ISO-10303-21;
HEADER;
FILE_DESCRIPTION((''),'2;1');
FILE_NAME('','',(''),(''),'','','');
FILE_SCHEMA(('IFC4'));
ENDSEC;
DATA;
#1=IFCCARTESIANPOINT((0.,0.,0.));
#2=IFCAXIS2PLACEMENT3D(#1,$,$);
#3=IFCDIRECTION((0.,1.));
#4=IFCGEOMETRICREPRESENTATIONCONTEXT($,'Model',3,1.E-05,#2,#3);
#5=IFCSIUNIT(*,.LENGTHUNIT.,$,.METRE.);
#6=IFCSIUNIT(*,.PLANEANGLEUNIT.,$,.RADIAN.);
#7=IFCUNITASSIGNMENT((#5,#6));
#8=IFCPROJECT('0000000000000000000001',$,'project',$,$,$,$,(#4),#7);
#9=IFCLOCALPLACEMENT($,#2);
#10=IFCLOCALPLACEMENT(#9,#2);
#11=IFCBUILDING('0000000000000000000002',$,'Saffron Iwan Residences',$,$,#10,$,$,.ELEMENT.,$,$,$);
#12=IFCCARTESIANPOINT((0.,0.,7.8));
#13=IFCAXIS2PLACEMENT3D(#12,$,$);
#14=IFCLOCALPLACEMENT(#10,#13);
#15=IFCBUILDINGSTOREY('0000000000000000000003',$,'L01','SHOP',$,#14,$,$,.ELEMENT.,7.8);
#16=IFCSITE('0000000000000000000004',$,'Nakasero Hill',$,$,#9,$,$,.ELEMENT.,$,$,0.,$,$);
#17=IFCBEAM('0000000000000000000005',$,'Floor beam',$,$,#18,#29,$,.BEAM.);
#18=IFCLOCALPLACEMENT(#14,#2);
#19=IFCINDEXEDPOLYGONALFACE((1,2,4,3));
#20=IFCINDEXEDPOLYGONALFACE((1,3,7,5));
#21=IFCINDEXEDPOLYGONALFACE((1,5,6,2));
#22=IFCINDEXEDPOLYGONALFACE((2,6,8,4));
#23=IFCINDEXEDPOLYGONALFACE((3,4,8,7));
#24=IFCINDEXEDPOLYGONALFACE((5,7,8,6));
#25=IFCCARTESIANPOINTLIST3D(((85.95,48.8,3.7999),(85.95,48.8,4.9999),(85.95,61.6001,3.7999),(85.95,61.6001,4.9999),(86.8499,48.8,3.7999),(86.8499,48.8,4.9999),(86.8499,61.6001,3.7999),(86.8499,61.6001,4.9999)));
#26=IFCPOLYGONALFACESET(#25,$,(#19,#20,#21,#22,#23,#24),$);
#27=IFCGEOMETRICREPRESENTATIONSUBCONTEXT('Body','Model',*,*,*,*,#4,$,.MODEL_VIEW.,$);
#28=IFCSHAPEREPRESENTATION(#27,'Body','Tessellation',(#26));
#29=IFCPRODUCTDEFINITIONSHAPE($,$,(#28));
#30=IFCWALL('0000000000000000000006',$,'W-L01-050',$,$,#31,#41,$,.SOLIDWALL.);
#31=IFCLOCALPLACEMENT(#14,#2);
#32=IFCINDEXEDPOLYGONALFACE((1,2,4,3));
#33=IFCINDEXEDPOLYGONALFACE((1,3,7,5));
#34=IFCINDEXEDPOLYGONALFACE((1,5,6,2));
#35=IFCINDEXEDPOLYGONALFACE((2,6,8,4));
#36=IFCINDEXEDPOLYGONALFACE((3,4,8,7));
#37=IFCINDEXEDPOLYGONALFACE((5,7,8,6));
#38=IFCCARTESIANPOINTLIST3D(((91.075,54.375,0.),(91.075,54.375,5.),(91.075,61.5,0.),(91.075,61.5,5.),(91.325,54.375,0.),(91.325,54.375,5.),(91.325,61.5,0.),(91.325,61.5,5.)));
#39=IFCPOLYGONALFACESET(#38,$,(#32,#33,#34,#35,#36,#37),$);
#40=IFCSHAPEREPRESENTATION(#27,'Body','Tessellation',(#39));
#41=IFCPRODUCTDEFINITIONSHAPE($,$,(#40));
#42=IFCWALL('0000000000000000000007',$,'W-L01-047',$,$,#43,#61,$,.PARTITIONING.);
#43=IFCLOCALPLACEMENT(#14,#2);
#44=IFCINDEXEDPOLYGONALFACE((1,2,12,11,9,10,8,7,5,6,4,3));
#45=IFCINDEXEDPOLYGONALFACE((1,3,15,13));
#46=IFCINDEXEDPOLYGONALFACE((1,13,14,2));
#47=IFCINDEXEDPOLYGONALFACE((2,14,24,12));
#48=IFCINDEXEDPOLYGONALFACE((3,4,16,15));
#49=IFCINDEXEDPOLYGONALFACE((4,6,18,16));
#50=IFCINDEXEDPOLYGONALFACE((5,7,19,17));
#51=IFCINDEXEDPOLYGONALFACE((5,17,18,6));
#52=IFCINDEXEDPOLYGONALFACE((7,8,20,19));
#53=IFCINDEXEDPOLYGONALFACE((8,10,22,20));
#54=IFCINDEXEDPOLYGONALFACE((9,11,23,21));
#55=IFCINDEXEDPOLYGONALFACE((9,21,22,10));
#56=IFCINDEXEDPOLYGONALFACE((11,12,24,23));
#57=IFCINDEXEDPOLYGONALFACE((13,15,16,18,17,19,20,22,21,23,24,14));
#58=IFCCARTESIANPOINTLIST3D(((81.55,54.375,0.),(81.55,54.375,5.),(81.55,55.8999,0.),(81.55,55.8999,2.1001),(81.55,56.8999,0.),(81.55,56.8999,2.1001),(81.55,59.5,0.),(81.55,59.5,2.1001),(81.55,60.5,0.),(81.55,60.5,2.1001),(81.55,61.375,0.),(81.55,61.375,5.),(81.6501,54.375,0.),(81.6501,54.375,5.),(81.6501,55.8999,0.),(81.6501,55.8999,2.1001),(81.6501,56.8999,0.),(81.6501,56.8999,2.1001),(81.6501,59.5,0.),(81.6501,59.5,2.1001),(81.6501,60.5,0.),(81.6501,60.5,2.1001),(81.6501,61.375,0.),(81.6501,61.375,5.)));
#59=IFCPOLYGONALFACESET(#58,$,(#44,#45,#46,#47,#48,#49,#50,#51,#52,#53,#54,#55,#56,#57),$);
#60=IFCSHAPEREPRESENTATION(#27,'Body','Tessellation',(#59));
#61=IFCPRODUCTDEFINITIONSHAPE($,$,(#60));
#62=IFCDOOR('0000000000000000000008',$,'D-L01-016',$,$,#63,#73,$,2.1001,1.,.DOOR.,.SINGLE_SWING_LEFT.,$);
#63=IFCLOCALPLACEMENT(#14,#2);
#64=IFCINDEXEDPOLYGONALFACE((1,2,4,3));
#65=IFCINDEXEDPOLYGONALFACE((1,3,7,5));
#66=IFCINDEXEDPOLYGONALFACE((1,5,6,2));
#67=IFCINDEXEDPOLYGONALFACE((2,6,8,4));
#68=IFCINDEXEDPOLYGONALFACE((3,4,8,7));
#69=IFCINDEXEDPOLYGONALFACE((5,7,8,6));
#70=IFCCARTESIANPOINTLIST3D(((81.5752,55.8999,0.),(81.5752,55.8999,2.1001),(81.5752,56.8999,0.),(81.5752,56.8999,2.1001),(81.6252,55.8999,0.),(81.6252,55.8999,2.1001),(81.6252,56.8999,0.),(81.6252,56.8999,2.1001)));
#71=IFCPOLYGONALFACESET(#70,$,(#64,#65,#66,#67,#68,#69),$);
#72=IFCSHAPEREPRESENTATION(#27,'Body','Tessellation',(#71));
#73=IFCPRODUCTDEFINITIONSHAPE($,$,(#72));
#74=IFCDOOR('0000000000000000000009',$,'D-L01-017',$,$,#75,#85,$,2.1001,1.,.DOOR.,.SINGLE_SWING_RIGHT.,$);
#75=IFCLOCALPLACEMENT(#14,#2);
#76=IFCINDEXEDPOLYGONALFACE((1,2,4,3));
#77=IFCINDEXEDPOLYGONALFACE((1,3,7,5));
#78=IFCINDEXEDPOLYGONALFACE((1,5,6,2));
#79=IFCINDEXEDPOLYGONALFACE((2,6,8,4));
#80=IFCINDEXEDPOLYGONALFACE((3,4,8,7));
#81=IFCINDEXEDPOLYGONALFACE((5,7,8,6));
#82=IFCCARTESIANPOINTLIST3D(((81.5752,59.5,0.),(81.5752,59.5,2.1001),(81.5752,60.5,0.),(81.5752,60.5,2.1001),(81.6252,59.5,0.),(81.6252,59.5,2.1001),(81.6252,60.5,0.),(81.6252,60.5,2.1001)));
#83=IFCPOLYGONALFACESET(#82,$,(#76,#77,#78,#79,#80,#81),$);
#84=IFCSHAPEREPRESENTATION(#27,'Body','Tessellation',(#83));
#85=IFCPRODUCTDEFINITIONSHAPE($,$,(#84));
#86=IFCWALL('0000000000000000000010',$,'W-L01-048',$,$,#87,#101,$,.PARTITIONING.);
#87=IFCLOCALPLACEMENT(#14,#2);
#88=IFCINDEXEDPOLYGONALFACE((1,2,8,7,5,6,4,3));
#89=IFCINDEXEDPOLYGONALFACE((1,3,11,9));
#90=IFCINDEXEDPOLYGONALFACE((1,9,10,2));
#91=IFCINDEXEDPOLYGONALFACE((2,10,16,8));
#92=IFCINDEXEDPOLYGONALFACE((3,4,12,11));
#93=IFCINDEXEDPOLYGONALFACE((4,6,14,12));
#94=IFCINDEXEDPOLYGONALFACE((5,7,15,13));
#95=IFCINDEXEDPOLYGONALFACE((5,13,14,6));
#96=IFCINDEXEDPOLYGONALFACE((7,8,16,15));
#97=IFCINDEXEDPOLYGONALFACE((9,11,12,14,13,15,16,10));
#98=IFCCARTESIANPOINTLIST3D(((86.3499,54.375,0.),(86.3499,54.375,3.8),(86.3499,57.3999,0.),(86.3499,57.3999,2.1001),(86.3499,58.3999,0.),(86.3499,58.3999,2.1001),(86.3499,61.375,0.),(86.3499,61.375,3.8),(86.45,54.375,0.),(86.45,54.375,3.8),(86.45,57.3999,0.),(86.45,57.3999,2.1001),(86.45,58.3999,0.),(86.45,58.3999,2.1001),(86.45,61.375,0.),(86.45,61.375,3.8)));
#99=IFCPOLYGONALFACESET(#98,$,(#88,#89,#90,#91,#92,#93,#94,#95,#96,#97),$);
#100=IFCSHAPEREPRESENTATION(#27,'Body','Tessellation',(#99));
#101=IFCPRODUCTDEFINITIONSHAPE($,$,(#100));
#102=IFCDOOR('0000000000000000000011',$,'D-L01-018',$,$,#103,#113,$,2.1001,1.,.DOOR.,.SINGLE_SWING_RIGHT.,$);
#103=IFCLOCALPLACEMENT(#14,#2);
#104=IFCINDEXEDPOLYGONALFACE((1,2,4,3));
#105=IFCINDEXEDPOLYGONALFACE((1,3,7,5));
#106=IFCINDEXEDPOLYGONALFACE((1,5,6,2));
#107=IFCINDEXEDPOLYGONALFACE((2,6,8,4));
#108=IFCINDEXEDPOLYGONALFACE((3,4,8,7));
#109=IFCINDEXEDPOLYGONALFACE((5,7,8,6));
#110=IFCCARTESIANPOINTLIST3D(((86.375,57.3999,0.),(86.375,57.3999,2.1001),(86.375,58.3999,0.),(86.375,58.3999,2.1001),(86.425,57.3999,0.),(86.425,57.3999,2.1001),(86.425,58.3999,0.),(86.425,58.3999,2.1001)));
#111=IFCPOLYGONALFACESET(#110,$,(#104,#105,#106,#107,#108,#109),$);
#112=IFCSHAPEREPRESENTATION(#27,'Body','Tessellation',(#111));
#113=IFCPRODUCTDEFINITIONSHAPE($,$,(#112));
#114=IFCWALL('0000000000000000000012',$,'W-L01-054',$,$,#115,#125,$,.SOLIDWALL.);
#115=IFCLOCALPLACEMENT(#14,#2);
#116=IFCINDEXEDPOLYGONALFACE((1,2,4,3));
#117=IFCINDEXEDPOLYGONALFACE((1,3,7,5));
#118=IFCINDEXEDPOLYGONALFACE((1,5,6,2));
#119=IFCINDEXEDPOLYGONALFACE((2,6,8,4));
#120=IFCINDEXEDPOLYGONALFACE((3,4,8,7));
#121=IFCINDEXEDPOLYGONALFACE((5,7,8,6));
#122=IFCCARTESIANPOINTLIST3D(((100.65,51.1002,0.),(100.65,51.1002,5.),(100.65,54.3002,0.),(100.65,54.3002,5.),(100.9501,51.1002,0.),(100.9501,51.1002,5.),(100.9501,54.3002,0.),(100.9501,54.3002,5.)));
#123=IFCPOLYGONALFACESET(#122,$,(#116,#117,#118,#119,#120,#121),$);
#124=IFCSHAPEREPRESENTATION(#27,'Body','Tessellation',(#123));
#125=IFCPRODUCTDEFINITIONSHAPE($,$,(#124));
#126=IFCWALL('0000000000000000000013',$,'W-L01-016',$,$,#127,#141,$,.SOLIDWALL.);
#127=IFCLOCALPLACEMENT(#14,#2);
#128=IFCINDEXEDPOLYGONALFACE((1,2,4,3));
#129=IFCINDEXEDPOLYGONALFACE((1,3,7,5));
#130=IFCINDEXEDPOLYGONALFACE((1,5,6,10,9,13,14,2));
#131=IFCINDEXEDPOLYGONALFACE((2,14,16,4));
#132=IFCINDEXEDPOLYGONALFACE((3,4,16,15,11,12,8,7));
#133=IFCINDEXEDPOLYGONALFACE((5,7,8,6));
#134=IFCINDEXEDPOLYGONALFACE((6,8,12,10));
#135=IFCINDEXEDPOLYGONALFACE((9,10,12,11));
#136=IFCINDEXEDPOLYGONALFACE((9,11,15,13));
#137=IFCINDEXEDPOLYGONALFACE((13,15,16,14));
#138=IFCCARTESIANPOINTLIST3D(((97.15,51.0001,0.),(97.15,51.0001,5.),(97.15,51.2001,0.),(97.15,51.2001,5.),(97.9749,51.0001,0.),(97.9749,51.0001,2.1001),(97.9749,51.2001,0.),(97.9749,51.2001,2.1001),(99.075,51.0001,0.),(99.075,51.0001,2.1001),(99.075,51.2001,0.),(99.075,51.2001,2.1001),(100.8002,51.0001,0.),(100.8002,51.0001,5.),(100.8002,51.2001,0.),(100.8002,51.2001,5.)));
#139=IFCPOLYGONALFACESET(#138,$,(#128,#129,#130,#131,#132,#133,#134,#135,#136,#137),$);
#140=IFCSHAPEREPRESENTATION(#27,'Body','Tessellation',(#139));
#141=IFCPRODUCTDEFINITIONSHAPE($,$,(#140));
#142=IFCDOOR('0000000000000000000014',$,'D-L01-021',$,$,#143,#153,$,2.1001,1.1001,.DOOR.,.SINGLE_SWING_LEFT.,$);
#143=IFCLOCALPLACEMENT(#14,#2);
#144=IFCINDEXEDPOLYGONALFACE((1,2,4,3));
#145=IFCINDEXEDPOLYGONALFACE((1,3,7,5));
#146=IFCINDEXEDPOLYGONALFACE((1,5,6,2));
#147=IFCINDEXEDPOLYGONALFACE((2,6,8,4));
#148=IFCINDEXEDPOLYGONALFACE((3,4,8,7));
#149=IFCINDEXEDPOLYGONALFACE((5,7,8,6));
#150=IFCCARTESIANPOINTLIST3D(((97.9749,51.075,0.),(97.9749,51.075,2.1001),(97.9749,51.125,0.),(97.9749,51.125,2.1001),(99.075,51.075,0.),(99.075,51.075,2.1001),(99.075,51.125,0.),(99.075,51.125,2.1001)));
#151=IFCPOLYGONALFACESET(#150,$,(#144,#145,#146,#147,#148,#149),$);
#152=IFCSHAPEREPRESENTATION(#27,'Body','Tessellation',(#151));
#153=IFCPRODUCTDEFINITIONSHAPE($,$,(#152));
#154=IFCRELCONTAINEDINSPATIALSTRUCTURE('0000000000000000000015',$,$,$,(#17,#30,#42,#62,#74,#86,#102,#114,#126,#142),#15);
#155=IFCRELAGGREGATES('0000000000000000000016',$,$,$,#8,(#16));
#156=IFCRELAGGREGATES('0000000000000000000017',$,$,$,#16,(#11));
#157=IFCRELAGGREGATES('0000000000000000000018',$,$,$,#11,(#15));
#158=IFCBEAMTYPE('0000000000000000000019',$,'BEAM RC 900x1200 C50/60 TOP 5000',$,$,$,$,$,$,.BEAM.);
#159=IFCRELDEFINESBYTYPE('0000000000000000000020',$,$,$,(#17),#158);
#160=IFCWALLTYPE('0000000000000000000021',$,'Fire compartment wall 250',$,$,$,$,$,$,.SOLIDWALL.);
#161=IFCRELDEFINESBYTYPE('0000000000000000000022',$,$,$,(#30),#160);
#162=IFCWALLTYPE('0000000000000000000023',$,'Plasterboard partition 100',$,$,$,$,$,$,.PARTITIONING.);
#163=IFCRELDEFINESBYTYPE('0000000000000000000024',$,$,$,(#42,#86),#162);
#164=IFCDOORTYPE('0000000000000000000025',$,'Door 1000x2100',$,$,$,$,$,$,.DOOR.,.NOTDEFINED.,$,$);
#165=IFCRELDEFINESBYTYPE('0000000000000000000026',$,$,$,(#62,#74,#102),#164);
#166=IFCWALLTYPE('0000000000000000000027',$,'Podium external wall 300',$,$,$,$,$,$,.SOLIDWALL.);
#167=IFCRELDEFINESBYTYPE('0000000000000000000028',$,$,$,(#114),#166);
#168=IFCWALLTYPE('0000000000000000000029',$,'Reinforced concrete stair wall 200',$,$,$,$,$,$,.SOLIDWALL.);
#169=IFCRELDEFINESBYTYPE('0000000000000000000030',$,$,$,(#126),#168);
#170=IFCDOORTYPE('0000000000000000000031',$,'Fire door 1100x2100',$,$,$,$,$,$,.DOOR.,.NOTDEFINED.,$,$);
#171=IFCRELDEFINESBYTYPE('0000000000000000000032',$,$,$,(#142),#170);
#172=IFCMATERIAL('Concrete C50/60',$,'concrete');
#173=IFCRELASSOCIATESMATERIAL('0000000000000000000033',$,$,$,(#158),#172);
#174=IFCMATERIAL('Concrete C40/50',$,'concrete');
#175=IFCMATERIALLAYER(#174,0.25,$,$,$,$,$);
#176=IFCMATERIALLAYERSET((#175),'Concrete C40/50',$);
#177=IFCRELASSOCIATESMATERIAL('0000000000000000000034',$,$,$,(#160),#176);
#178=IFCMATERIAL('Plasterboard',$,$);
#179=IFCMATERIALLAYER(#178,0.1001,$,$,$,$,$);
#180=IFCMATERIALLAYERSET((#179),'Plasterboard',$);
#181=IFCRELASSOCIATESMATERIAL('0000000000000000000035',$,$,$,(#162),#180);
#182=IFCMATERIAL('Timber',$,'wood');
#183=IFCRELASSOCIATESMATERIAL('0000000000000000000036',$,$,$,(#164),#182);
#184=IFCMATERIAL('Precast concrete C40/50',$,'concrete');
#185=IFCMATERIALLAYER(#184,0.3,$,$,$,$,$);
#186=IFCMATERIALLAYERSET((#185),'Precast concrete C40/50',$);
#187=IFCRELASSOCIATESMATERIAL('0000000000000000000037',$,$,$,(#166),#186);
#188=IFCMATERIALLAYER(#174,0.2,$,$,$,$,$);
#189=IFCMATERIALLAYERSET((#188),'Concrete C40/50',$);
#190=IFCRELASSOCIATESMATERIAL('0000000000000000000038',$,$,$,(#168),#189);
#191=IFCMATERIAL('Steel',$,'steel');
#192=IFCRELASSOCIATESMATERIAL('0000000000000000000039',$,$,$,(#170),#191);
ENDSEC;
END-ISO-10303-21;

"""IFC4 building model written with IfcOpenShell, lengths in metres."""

from ifc_helpers import new_model, si_unit, direction, frame, frame_2d, origin, origin_2d, place, context, subcontext, project, spatial, rectangle, extrude, source, transform, mapped, material, layer, layer_set, material_profile, profile_set, type_object, element, fill, save


model = new_model("IFC4")

# Units and contexts
model_context = context("Model", 3, precision=1e-05, world=origin(), true_north=direction((0.0, 1.0)))
body_context = subcontext(model_context, "Body", "Model", "MODEL_VIEW")
ifc_project = project(units=[si_unit("LENGTHUNIT", "METRE"), si_unit("PLANEANGLEUNIT", "RADIAN")], contexts=[model_context])

# Site, building, storey
site_placement = place(None, origin())
site = spatial("IfcSite", under=ifc_project, at=site_placement, Name="Nakasero Hill", CompositionType="ELEMENT", RefElevation=0.0)
building_placement = place(site_placement, origin())
building = spatial("IfcBuilding", under=site, at=building_placement, Name="Saffron Iwan Residences", CompositionType="ELEMENT")
storey_placement = place(building_placement, frame((0.0, 0.0, 7.8)))
storey = spatial("IfcBuildingStorey", under=building, at=storey_placement, Name="L01", Description="SHOP", CompositionType="ELEMENT", Elevation=7.8)

# Beam
ifc_material_1 = material(Name="Concrete C50/60", Category="concrete")
ifc_material_profile = material_profile(ifc_material_1, rectangle(XDim=0.8999, YDim=1.2, at=origin_2d()), Name="RC 900x1200")
ifc_profile_set = profile_set([ifc_material_profile], Name="Concrete C50/60")
beam_type = type_object("IfcBeamType", Name="BEAM RC 900x1200 C50/60 TOP 5000", PredefinedType="BEAM", material=ifc_profile_set)
shared_shape_1 = source(origin(), body_context, "Body", "SweptSolid", [
    extrude(rectangle(XDim=0.8999, YDim=1.2, at=origin_2d()), origin(), (0.0, 0.0, 1.0), 12.8),
])
beam_placement = place(storey_placement, frame((86.3999, 48.8, 4.3999), z_axis=(0.0, 1.0, 0.0), x_axis=(-1.0, 0.0, 0.0)))
element("IfcBeam", 1, at=beam_placement, inside=storey, type_object=beam_type, Name="Floor beam", PredefinedType="BEAM", context=body_context, shape_type="MappedRepresentation", body=[
    mapped(shared_shape_1, transform((0.0, 0.0, 0.0))),
])

# Wall
ifc_material_2 = material(Name="Concrete C40/50", Category="concrete")
ifc_layer_1 = layer(ifc_material_2, 0.25)
ifc_layer_set_1 = layer_set([ifc_layer_1], Name="Concrete C40/50")
wall_type_1 = type_object("IfcWallType", Name="Fire compartment wall 250", PredefinedType="SOLIDWALL", material=ifc_layer_set_1)
wall_1_placement = place(storey_placement, frame((91.2, 54.375, 0.0), z_axis=(0.0, 0.0, 1.0), x_axis=(0.0, 1.0, 0.0)))
element("IfcWall", 2, at=wall_1_placement, inside=storey, type_object=wall_type_1, Name="W-L01-050", PredefinedType="SOLIDWALL", context=body_context, shape_type="SweptSolid", body=[
    extrude(rectangle(XDim=7.125, YDim=0.25, at=frame_2d((3.5625, 0.0))), origin(), (0.0, 0.0, 1.0), 5.0),
])

# Wall, openings, doors
ifc_material_3 = material(Name="Plasterboard")
ifc_layer_2 = layer(ifc_material_3, 0.1001)
ifc_layer_set_2 = layer_set([ifc_layer_2], Name="Plasterboard")
wall_type_2 = type_object("IfcWallType", Name="Plasterboard partition 100", PredefinedType="PARTITIONING", material=ifc_layer_set_2)
wall_2_placement = place(storey_placement, frame((81.6001, 54.375, 0.0), z_axis=(0.0, 0.0, 1.0), x_axis=(0.0, 1.0, 0.0)))
wall_2 = element("IfcWall", 3, at=wall_2_placement, inside=storey, type_object=wall_type_2, Name="W-L01-047", PredefinedType="PARTITIONING", context=body_context, shape_type="SweptSolid", body=[
    extrude(rectangle(XDim=7.0, YDim=0.1001, at=frame_2d((3.5, 0.0))), origin(), (0.0, 0.0, 1.0), 5.0),
])
opening_1_placement = place(wall_2_placement, frame((1.5249, 0.0, 0.0)))
opening_1 = element("IfcOpeningElement", 4, at=opening_1_placement, cuts=wall_2, PredefinedType="OPENING", context=body_context, shape_type="SweptSolid", body=[
    extrude(rectangle(XDim=1.0, YDim=2.1001, at=frame_2d((0.5, 1.05))), frame((0.0, 0.0601, 0.0), z_axis=(0.0, -1.0, 0.0), x_axis=(1.0, 0.0, 0.0)), (0.0, 0.0, 1.0), 0.1201),
])
opening_2_placement = place(wall_2_placement, frame((5.125, 0.0, 0.0)))
opening_2 = element("IfcOpeningElement", 5, at=opening_2_placement, cuts=wall_2, PredefinedType="OPENING", context=body_context, shape_type="SweptSolid", body=[
    extrude(rectangle(XDim=1.0, YDim=2.1001, at=frame_2d((0.5, 1.05))), frame((0.0, 0.0601, 0.0), z_axis=(0.0, -1.0, 0.0), x_axis=(1.0, 0.0, 0.0)), (0.0, 0.0, 1.0), 0.1201),
])
ifc_material_4 = material(Name="Timber", Category="wood")
door_type_1 = type_object("IfcDoorType", Name="Door 1000x2100", OperationType="NOTDEFINED", PredefinedType="DOOR", material=ifc_material_4)
door_1_placement = place(opening_1_placement, origin())
door_1 = element("IfcDoor", 6, at=door_1_placement, inside=storey, type_object=door_type_1, Name="D-L01-016", OperationType="SINGLE_SWING_LEFT", OverallHeight=2.1001, OverallWidth=1.0, PredefinedType="DOOR", context=body_context, shape_type="SweptSolid", body=[
    extrude(rectangle(XDim=1.0, YDim=2.1001, at=frame_2d((0.5, 1.05))), frame((0.0, 0.0249, 0.0), z_axis=(0.0, -1.0, 0.0), x_axis=(1.0, 0.0, 0.0)), (0.0, 0.0, 1.0), 0.05),
])
fill(opening_1, door_1)
door_2_placement = place(opening_2_placement, origin())
door_2 = element("IfcDoor", 7, at=door_2_placement, inside=storey, type_object=door_type_1, Name="D-L01-017", OperationType="SINGLE_SWING_RIGHT", OverallHeight=2.1001, OverallWidth=1.0, PredefinedType="DOOR", context=body_context, shape_type="SweptSolid", body=[
    extrude(rectangle(XDim=1.0, YDim=2.1001, at=frame_2d((0.5, 1.05))), frame((0.0, 0.0249, 0.0), z_axis=(0.0, -1.0, 0.0), x_axis=(1.0, 0.0, 0.0)), (0.0, 0.0, 1.0), 0.05),
])
fill(opening_2, door_2)

# Wall, opening, door
wall_3_placement = place(storey_placement, frame((86.3999, 54.375, 0.0), z_axis=(0.0, 0.0, 1.0), x_axis=(0.0, 1.0, 0.0)))
wall_3 = element("IfcWall", 8, at=wall_3_placement, inside=storey, type_object=wall_type_2, Name="W-L01-048", PredefinedType="PARTITIONING", context=body_context, shape_type="SweptSolid", body=[
    extrude(rectangle(XDim=7.0, YDim=0.1001, at=frame_2d((3.5, 0.0))), origin(), (0.0, 0.0, 1.0), 3.8),
])
opening_3_placement = place(wall_3_placement, frame((3.0249, 0.0, 0.0)))
opening_3 = element("IfcOpeningElement", 9, at=opening_3_placement, cuts=wall_3, PredefinedType="OPENING", context=body_context, shape_type="SweptSolid", body=[
    extrude(rectangle(XDim=1.0, YDim=2.1001, at=frame_2d((0.5, 1.05))), frame((0.0, 0.0601, 0.0), z_axis=(0.0, -1.0, 0.0), x_axis=(1.0, 0.0, 0.0)), (0.0, 0.0, 1.0), 0.1201),
])
door_3_placement = place(opening_3_placement, origin())
door_3 = element("IfcDoor", 10, at=door_3_placement, inside=storey, type_object=door_type_1, Name="D-L01-018", OperationType="SINGLE_SWING_RIGHT", OverallHeight=2.1001, OverallWidth=1.0, PredefinedType="DOOR", context=body_context, shape_type="SweptSolid", body=[
    extrude(rectangle(XDim=1.0, YDim=2.1001, at=frame_2d((0.5, 1.05))), frame((0.0, 0.0249, 0.0), z_axis=(0.0, -1.0, 0.0), x_axis=(1.0, 0.0, 0.0)), (0.0, 0.0, 1.0), 0.05),
])
fill(opening_3, door_3)

# Wall
ifc_material_5 = material(Name="Precast concrete C40/50", Category="concrete")
ifc_layer_3 = layer(ifc_material_5, 0.3)
ifc_layer_set_3 = layer_set([ifc_layer_3], Name="Precast concrete C40/50")
wall_type_3 = type_object("IfcWallType", Name="Podium external wall 300", PredefinedType="SOLIDWALL", material=ifc_layer_set_3)
wall_4_placement = place(storey_placement, frame((100.8, 51.1001, 0.0), z_axis=(0.0, 0.0, 1.0), x_axis=(0.0, 1.0, 0.0)))
element("IfcWall", 11, at=wall_4_placement, inside=storey, type_object=wall_type_3, Name="W-L01-054", PredefinedType="SOLIDWALL", context=body_context, shape_type="SweptSolid", body=[
    extrude(rectangle(XDim=3.2, YDim=0.3, at=frame_2d((1.6001, 0.0))), origin(), (0.0, 0.0, 1.0), 5.0),
])

# Wall, opening, door
ifc_layer_4 = layer(ifc_material_2, 0.2)
ifc_layer_set_4 = layer_set([ifc_layer_4], Name="Concrete C40/50")
wall_type_4 = type_object("IfcWallType", Name="Reinforced concrete stair wall 200", PredefinedType="SOLIDWALL", material=ifc_layer_set_4)
wall_5_placement = place(storey_placement, frame((97.1499, 51.1001, 0.0), z_axis=(0.0, 0.0, 1.0), x_axis=(1.0, 0.0, 0.0)))
wall_5 = element("IfcWall", 12, at=wall_5_placement, inside=storey, type_object=wall_type_4, Name="W-L01-016", PredefinedType="SOLIDWALL", context=body_context, shape_type="SweptSolid", body=[
    extrude(rectangle(XDim=3.6501, YDim=0.2, at=frame_2d((1.8252, 0.0))), origin(), (0.0, 0.0, 1.0), 5.0),
])
opening_4_placement = place(wall_5_placement, frame((0.825, 0.0, 0.0)))
opening_4 = element("IfcOpeningElement", 13, at=opening_4_placement, cuts=wall_5, PredefinedType="OPENING", context=body_context, shape_type="SweptSolid", body=[
    extrude(rectangle(XDim=1.1001, YDim=2.1001, at=frame_2d((0.55, 1.05))), frame((0.0, 0.1099, 0.0), z_axis=(0.0, -1.0, 0.0), x_axis=(1.0, 0.0, 0.0)), (0.0, 0.0, 1.0), 0.22),
])
ifc_material_6 = material(Name="Steel", Category="steel")
door_type_2 = type_object("IfcDoorType", Name="Fire door 1100x2100", OperationType="NOTDEFINED", PredefinedType="DOOR", material=ifc_material_6)
door_4_placement = place(opening_4_placement, origin())
door_4 = element("IfcDoor", 14, at=door_4_placement, inside=storey, type_object=door_type_2, Name="D-L01-021", OperationType="SINGLE_SWING_LEFT", OverallHeight=2.1001, OverallWidth=1.1001, PredefinedType="DOOR", context=body_context, shape_type="SweptSolid", body=[
    extrude(rectangle(XDim=1.1001, YDim=2.1001, at=frame_2d((0.55, 1.05))), frame((0.0, 0.0249, 0.0), z_axis=(0.0, -1.0, 0.0), x_axis=(1.0, 0.0, 0.0)), (0.0, 0.0, 1.0), 0.05),
])
fill(opening_4, door_4)

save(model, "model.ifc")
